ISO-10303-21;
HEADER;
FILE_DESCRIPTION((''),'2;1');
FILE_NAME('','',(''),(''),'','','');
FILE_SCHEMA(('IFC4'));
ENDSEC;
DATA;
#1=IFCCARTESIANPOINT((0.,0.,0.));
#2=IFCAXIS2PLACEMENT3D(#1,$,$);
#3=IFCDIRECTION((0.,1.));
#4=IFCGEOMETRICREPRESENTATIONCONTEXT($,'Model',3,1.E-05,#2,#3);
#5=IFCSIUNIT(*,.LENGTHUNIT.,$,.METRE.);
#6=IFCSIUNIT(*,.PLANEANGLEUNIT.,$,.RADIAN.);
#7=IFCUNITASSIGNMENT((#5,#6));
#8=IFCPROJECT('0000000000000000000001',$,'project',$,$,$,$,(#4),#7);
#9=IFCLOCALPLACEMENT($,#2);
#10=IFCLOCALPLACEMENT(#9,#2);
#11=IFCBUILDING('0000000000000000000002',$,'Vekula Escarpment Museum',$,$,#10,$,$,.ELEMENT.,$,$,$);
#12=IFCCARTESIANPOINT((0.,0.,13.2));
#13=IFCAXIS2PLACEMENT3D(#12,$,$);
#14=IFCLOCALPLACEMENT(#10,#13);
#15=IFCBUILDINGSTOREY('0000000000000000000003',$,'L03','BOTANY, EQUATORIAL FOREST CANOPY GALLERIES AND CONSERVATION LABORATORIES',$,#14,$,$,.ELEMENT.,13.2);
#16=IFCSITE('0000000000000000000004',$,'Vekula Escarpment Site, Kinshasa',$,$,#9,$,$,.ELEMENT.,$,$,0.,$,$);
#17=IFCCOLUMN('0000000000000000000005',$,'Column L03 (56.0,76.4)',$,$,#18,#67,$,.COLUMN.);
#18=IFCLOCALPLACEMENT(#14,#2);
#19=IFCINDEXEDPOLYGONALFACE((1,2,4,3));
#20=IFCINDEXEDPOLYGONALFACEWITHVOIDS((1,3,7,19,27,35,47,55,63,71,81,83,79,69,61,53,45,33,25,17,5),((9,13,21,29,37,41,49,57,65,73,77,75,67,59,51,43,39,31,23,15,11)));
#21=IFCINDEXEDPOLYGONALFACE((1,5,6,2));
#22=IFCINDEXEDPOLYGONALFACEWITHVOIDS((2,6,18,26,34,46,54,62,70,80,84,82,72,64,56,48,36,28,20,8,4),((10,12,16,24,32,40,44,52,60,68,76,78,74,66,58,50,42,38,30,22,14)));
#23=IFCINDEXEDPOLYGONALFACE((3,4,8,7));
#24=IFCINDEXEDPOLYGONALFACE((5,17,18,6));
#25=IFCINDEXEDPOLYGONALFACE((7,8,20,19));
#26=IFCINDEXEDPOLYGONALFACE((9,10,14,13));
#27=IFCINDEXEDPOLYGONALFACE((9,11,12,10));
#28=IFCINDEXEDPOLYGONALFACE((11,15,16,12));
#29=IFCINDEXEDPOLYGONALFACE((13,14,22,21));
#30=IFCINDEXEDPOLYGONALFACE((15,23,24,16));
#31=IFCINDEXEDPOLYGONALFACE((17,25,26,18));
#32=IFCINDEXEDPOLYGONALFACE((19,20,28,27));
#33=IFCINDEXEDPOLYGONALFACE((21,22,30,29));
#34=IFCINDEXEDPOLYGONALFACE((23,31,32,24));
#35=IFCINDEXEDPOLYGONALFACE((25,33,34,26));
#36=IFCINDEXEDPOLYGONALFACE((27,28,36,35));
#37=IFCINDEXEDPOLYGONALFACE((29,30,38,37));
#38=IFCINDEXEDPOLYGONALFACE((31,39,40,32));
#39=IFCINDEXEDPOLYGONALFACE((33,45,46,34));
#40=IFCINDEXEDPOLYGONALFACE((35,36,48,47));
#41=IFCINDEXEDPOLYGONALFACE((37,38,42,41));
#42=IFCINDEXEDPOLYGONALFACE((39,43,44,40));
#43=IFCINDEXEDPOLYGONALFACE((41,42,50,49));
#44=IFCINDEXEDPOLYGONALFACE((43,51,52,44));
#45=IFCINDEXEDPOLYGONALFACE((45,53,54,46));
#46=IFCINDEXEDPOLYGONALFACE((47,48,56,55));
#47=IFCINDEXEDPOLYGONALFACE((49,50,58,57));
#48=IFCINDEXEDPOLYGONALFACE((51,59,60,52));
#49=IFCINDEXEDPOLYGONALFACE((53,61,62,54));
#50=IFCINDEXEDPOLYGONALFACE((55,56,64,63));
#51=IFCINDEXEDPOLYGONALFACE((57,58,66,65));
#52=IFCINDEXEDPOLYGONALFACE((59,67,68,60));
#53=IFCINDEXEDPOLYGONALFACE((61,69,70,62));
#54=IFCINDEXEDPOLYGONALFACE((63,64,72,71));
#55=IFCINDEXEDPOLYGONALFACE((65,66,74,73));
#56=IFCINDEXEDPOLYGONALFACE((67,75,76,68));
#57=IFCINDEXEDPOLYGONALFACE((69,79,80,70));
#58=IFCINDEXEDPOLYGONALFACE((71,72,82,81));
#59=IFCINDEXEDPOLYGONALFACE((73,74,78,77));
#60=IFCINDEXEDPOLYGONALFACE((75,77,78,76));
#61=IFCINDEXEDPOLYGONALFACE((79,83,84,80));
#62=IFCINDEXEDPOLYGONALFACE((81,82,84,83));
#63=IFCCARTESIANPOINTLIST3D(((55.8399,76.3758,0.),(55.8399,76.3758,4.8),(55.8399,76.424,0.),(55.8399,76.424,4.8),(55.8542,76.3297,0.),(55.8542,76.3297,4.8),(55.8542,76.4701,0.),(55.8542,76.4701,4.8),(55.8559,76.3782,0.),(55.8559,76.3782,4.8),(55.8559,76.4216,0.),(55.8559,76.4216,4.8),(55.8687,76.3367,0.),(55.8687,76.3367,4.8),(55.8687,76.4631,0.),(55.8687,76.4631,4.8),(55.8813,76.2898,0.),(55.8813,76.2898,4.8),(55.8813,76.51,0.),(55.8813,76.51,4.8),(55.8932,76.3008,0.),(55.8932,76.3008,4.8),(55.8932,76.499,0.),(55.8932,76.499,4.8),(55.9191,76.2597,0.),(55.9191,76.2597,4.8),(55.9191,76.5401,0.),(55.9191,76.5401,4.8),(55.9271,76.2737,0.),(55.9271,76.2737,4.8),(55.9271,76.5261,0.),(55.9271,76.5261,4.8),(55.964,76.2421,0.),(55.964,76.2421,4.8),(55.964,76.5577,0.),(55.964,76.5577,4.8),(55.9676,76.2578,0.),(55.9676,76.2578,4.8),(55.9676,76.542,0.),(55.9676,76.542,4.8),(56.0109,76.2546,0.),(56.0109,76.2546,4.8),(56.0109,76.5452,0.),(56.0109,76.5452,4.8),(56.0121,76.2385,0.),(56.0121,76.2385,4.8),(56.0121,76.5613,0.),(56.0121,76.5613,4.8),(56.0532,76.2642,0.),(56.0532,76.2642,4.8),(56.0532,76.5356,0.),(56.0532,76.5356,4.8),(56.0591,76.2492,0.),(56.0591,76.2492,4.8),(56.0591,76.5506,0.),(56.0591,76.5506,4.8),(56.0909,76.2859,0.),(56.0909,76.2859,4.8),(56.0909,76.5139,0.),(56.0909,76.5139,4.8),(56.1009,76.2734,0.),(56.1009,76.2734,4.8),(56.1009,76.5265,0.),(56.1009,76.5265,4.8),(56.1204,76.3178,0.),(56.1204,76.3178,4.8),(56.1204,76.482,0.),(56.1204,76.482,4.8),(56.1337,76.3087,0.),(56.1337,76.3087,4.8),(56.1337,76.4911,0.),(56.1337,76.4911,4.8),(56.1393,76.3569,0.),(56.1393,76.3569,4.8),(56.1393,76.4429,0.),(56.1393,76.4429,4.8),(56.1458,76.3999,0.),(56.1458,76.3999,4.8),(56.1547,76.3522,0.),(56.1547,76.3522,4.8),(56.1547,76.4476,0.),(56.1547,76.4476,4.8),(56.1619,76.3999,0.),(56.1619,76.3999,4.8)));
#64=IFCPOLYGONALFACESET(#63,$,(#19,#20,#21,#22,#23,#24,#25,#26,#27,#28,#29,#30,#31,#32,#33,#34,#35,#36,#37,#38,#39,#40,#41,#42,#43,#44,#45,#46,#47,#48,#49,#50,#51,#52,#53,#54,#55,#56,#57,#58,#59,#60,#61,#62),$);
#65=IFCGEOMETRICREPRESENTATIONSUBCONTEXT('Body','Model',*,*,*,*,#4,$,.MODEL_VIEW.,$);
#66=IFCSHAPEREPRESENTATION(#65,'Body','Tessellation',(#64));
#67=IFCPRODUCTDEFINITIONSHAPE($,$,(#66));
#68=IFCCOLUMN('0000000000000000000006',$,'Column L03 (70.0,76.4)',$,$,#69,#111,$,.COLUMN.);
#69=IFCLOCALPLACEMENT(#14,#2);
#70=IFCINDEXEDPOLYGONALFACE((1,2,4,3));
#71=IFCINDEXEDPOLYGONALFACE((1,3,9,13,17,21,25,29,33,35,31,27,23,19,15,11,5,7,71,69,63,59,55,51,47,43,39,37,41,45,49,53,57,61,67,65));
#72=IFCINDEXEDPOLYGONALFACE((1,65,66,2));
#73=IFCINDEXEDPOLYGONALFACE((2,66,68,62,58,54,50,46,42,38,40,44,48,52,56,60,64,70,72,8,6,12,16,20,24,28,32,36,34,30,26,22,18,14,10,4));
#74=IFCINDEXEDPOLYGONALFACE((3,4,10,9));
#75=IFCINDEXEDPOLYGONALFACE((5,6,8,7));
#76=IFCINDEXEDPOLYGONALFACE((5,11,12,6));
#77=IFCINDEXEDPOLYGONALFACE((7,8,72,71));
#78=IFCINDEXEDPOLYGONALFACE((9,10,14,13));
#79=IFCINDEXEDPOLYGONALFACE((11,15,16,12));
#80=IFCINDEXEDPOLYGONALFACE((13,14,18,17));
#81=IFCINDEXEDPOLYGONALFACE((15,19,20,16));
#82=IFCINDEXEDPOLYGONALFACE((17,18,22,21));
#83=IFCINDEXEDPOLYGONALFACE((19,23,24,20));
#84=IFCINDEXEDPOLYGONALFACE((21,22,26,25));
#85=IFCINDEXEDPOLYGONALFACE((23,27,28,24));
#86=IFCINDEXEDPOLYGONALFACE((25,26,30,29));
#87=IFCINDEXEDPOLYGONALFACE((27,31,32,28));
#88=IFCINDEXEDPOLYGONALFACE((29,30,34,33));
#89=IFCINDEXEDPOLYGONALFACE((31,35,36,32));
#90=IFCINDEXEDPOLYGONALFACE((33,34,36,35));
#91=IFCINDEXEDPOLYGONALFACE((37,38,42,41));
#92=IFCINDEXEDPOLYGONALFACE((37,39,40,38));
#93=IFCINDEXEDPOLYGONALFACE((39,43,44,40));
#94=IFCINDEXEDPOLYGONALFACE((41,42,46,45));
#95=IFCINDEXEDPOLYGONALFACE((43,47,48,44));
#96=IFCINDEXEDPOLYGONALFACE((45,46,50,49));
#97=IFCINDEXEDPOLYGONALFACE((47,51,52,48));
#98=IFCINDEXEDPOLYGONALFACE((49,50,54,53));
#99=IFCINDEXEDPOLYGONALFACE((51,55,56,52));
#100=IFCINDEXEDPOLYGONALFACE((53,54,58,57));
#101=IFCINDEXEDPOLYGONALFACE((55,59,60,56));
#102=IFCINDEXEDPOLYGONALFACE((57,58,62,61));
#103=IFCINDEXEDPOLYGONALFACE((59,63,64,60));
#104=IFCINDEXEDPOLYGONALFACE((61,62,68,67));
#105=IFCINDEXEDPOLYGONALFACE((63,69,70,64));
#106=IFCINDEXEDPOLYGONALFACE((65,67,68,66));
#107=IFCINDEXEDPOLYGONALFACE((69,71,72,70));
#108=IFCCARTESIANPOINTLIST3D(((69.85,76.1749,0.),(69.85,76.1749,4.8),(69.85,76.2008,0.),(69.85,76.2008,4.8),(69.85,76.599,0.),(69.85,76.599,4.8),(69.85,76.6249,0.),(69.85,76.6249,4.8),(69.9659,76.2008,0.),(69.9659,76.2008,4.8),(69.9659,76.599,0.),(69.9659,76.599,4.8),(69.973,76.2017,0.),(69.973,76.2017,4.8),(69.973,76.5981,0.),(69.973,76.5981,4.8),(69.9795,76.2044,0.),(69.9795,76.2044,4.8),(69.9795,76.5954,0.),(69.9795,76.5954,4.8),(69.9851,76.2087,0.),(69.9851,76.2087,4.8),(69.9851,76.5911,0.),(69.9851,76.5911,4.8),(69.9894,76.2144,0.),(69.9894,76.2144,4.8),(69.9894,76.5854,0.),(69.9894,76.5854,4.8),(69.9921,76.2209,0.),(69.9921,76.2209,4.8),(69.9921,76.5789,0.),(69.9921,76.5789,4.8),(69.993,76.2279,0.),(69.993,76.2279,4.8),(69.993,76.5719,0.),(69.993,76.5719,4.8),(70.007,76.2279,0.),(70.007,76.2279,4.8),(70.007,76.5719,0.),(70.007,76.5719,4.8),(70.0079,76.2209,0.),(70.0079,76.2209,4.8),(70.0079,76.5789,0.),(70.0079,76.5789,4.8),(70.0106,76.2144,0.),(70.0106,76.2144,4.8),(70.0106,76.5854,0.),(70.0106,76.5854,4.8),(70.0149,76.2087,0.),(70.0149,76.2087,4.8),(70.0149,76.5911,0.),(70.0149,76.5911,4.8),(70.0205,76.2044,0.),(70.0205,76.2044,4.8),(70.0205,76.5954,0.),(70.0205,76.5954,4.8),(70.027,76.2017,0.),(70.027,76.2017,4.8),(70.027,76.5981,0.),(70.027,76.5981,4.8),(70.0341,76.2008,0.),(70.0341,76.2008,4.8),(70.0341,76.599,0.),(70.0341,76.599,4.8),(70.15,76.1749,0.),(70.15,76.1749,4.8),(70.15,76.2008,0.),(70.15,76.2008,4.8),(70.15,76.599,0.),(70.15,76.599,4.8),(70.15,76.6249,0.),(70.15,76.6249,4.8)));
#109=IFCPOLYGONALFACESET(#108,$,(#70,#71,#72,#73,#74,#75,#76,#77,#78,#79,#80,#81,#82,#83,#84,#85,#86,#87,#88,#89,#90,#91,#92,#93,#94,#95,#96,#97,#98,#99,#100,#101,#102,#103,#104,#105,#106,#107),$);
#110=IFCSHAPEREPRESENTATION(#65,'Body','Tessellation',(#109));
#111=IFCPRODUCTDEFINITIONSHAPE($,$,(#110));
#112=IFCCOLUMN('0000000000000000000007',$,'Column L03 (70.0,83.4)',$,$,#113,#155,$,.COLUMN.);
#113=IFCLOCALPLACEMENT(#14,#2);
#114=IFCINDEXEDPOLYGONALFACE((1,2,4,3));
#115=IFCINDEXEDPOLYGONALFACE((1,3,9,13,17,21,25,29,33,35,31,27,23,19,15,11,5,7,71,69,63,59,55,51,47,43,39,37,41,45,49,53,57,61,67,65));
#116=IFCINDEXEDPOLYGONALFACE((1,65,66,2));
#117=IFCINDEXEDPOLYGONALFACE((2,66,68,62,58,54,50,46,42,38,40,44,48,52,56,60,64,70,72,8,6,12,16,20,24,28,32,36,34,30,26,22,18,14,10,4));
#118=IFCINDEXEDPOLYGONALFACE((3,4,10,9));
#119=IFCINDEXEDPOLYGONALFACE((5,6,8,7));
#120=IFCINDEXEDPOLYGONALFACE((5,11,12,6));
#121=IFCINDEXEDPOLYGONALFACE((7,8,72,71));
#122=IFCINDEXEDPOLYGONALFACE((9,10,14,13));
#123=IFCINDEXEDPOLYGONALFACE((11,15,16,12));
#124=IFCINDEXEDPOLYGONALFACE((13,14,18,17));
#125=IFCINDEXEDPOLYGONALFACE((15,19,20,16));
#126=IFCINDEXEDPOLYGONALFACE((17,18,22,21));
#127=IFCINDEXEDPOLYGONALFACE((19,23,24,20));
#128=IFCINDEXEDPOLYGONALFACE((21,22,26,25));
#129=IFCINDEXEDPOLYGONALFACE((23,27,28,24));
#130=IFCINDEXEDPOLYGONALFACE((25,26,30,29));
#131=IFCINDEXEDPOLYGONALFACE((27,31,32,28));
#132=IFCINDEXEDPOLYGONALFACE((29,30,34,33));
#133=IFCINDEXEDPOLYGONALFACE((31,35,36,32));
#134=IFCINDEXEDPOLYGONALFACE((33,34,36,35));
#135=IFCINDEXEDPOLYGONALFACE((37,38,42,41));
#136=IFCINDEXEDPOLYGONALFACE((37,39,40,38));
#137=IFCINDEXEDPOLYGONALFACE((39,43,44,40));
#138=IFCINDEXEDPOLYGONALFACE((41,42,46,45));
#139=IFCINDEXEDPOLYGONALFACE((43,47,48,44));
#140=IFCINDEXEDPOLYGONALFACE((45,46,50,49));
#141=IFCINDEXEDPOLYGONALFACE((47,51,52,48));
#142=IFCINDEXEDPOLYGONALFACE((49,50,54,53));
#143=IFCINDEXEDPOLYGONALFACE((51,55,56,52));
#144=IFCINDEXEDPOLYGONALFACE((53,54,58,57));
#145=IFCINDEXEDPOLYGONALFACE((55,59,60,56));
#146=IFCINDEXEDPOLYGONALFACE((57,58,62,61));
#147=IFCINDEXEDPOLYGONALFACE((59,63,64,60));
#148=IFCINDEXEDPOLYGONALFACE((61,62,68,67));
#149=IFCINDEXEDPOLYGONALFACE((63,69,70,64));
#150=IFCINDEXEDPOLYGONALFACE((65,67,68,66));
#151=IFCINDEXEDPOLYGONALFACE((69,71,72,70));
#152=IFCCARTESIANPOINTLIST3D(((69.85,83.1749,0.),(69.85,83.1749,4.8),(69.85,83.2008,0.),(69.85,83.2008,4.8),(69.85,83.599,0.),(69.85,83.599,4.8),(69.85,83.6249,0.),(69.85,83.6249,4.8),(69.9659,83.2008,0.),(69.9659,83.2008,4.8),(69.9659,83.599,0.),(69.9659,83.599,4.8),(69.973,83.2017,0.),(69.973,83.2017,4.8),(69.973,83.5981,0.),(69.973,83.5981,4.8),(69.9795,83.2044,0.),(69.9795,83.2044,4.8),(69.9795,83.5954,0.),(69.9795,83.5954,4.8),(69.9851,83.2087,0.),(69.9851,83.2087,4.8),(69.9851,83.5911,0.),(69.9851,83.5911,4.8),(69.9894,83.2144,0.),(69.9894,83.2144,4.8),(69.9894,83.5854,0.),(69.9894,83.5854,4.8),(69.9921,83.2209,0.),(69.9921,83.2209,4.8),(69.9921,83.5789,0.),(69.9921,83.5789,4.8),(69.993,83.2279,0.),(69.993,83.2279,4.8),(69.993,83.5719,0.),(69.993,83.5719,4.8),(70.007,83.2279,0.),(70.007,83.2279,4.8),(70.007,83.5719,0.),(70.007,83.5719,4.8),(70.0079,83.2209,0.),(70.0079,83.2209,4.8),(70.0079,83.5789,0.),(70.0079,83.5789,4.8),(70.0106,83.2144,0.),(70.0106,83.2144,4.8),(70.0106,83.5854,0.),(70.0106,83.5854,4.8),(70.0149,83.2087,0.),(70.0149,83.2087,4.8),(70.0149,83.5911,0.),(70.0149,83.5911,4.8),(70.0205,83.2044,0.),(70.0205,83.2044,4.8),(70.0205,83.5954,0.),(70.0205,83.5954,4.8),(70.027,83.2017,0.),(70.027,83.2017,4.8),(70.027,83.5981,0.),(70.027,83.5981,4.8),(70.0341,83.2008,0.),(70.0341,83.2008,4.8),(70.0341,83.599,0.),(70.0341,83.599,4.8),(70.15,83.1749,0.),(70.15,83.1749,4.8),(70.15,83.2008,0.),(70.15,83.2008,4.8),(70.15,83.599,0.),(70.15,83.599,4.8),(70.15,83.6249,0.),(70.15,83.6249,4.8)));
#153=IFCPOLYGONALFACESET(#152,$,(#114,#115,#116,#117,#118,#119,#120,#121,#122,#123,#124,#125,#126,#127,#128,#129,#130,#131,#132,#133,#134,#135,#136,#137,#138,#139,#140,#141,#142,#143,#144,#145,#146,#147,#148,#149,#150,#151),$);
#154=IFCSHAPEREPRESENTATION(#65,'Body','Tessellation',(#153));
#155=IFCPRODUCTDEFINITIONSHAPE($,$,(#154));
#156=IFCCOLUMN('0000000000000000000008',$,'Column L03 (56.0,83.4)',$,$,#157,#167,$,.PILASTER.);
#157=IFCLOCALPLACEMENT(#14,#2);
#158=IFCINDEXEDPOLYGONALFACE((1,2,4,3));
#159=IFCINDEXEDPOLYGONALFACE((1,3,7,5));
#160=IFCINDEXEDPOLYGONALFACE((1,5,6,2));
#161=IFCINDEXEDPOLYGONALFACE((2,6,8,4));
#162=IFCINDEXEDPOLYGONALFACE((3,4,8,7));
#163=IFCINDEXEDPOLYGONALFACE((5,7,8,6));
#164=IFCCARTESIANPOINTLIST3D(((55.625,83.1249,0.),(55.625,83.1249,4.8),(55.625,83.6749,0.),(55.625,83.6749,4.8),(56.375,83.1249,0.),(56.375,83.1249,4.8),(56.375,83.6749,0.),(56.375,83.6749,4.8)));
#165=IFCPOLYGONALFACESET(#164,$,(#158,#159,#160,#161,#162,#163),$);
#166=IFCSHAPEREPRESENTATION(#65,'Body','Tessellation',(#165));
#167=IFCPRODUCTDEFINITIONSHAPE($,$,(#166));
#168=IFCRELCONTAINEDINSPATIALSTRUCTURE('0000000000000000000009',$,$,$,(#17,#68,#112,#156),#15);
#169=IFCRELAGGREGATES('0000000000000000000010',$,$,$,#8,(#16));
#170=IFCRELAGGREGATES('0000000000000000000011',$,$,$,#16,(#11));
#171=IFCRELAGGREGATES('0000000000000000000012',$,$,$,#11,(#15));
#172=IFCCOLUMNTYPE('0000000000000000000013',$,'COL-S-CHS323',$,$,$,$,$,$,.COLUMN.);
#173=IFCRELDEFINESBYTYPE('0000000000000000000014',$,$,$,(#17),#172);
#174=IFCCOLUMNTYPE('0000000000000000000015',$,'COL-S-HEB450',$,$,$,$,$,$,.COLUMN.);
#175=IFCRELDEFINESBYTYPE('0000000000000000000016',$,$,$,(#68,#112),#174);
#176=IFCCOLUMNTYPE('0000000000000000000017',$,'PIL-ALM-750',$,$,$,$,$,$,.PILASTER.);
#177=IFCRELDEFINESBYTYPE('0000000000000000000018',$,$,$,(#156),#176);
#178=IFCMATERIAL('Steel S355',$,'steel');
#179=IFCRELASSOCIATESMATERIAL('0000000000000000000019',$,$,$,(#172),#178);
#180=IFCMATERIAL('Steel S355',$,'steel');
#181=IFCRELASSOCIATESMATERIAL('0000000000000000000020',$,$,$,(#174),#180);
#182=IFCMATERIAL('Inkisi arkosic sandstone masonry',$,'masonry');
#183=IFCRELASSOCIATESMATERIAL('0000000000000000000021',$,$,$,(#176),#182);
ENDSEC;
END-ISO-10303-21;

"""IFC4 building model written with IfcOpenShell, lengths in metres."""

from ifc_helpers import new_model, si_unit, direction, frame, origin, origin_2d, place, context, subcontext, project, spatial, rectangle, hollow_circle, i_section, extrude, material, material_profile, profile_set, type_object, element, save


model = new_model("IFC4")

# Units and contexts
model_context = context("Model", 3, precision=1e-05, world=origin(), true_north=direction((0.0, 1.0)))
body_context = subcontext(model_context, "Body", "Model", "MODEL_VIEW")
ifc_project = project(units=[si_unit("LENGTHUNIT", "METRE"), si_unit("PLANEANGLEUNIT", "RADIAN")], contexts=[model_context])

# Site, building, storey
site_placement = place(None, origin())
site = spatial("IfcSite", under=ifc_project, at=site_placement, Name="Vekula Escarpment Site, Kinshasa", CompositionType="ELEMENT", RefElevation=0.0)
building_placement = place(site_placement, origin())
building = spatial("IfcBuilding", under=site, at=building_placement, Name="Vekula Escarpment Museum", CompositionType="ELEMENT")
storey_placement = place(building_placement, frame((0.0, 0.0, 13.2)))
storey = spatial("IfcBuildingStorey", under=building, at=storey_placement, Name="L03", Description="BOTANY, EQUATORIAL FOREST CANOPY GALLERIES AND CONSERVATION LABORATORIES", CompositionType="ELEMENT", Elevation=13.2)

# Columns
ifc_material_1 = material(Name="Steel S355", Category="steel")
ifc_material_profile_1 = material_profile(ifc_material_1, hollow_circle(Radius=0.1619, WallThickness=0.0161, at=origin_2d()), Name="CHS 323.9x16")
ifc_profile_set_1 = profile_set([ifc_material_profile_1], Name="Steel S355")
column_type_1 = type_object("IfcColumnType", Name="COL-S-CHS323", PredefinedType="COLUMN", material=ifc_profile_set_1)
column_1_placement = place(storey_placement, frame((56.0, 76.3999, 0.0), z_axis=(0.0, 0.0, 1.0), x_axis=(1.0, 0.0, 0.0)))
element("IfcColumn", 1, at=column_1_placement, inside=storey, type_object=column_type_1, Name="Column L03 (56.0,76.4)", PredefinedType="COLUMN", context=body_context, shape_type="SweptSolid", body=[
    extrude(hollow_circle(Radius=0.1619, WallThickness=0.0161, at=origin_2d()), origin(), (0.0, 0.0, 1.0), 4.8),
])
ifc_material_2 = material(Name="Steel S355", Category="steel")
ifc_material_profile_2 = material_profile(ifc_material_2, i_section(OverallWidth=0.3, OverallDepth=0.45, WebThickness=0.0139, FlangeThickness=0.0259, FilletRadius=0.0271, at=origin_2d()), Name="HEB 450")
ifc_profile_set_2 = profile_set([ifc_material_profile_2], Name="Steel S355")
column_type_2 = type_object("IfcColumnType", Name="COL-S-HEB450", PredefinedType="COLUMN", material=ifc_profile_set_2)
for number, where, z_axis, x_axis, name in (
    (2, (70.0, 76.3999, 0.0), (0.0, 0.0, 1.0), (1.0, 0.0, 0.0), "Column L03 (70.0,76.4)"),
    (3, (70.0, 83.3999, 0.0), (0.0, 0.0, 1.0), (1.0, 0.0, 0.0), "Column L03 (70.0,83.4)"),
):
    element("IfcColumn", number, at=place(storey_placement, frame(where, z_axis=z_axis, x_axis=x_axis)), inside=storey, type_object=column_type_2, Name=name, PredefinedType="COLUMN", context=body_context, shape_type="SweptSolid", body=[
        extrude(i_section(OverallWidth=0.3, OverallDepth=0.45, WebThickness=0.0139, FlangeThickness=0.0259, FilletRadius=0.0271, at=origin_2d()), origin(), (0.0, 0.0, 1.0), 4.8),
    ])
ifc_material_3 = material(Name="Inkisi arkosic sandstone masonry", Category="masonry")
ifc_material_profile_3 = material_profile(ifc_material_3, rectangle(XDim=0.75, YDim=0.55, at=origin_2d()), Name="PIER 750x550")
ifc_profile_set_3 = profile_set([ifc_material_profile_3], Name="Inkisi arkosic sandstone masonry")
column_type_3 = type_object("IfcColumnType", Name="PIL-ALM-750", PredefinedType="PILASTER", material=ifc_profile_set_3)
column_2_placement = place(storey_placement, frame((56.0, 83.3999, 0.0), z_axis=(0.0, 0.0, 1.0), x_axis=(1.0, 0.0, 0.0)))
element("IfcColumn", 4, at=column_2_placement, inside=storey, type_object=column_type_3, Name="Column L03 (56.0,83.4)", PredefinedType="PILASTER", context=body_context, shape_type="SweptSolid", body=[
    extrude(rectangle(XDim=0.75, YDim=0.55, at=origin_2d()), origin(), (0.0, 0.0, 1.0), 4.8),
])

save(model, "model.ifc")
